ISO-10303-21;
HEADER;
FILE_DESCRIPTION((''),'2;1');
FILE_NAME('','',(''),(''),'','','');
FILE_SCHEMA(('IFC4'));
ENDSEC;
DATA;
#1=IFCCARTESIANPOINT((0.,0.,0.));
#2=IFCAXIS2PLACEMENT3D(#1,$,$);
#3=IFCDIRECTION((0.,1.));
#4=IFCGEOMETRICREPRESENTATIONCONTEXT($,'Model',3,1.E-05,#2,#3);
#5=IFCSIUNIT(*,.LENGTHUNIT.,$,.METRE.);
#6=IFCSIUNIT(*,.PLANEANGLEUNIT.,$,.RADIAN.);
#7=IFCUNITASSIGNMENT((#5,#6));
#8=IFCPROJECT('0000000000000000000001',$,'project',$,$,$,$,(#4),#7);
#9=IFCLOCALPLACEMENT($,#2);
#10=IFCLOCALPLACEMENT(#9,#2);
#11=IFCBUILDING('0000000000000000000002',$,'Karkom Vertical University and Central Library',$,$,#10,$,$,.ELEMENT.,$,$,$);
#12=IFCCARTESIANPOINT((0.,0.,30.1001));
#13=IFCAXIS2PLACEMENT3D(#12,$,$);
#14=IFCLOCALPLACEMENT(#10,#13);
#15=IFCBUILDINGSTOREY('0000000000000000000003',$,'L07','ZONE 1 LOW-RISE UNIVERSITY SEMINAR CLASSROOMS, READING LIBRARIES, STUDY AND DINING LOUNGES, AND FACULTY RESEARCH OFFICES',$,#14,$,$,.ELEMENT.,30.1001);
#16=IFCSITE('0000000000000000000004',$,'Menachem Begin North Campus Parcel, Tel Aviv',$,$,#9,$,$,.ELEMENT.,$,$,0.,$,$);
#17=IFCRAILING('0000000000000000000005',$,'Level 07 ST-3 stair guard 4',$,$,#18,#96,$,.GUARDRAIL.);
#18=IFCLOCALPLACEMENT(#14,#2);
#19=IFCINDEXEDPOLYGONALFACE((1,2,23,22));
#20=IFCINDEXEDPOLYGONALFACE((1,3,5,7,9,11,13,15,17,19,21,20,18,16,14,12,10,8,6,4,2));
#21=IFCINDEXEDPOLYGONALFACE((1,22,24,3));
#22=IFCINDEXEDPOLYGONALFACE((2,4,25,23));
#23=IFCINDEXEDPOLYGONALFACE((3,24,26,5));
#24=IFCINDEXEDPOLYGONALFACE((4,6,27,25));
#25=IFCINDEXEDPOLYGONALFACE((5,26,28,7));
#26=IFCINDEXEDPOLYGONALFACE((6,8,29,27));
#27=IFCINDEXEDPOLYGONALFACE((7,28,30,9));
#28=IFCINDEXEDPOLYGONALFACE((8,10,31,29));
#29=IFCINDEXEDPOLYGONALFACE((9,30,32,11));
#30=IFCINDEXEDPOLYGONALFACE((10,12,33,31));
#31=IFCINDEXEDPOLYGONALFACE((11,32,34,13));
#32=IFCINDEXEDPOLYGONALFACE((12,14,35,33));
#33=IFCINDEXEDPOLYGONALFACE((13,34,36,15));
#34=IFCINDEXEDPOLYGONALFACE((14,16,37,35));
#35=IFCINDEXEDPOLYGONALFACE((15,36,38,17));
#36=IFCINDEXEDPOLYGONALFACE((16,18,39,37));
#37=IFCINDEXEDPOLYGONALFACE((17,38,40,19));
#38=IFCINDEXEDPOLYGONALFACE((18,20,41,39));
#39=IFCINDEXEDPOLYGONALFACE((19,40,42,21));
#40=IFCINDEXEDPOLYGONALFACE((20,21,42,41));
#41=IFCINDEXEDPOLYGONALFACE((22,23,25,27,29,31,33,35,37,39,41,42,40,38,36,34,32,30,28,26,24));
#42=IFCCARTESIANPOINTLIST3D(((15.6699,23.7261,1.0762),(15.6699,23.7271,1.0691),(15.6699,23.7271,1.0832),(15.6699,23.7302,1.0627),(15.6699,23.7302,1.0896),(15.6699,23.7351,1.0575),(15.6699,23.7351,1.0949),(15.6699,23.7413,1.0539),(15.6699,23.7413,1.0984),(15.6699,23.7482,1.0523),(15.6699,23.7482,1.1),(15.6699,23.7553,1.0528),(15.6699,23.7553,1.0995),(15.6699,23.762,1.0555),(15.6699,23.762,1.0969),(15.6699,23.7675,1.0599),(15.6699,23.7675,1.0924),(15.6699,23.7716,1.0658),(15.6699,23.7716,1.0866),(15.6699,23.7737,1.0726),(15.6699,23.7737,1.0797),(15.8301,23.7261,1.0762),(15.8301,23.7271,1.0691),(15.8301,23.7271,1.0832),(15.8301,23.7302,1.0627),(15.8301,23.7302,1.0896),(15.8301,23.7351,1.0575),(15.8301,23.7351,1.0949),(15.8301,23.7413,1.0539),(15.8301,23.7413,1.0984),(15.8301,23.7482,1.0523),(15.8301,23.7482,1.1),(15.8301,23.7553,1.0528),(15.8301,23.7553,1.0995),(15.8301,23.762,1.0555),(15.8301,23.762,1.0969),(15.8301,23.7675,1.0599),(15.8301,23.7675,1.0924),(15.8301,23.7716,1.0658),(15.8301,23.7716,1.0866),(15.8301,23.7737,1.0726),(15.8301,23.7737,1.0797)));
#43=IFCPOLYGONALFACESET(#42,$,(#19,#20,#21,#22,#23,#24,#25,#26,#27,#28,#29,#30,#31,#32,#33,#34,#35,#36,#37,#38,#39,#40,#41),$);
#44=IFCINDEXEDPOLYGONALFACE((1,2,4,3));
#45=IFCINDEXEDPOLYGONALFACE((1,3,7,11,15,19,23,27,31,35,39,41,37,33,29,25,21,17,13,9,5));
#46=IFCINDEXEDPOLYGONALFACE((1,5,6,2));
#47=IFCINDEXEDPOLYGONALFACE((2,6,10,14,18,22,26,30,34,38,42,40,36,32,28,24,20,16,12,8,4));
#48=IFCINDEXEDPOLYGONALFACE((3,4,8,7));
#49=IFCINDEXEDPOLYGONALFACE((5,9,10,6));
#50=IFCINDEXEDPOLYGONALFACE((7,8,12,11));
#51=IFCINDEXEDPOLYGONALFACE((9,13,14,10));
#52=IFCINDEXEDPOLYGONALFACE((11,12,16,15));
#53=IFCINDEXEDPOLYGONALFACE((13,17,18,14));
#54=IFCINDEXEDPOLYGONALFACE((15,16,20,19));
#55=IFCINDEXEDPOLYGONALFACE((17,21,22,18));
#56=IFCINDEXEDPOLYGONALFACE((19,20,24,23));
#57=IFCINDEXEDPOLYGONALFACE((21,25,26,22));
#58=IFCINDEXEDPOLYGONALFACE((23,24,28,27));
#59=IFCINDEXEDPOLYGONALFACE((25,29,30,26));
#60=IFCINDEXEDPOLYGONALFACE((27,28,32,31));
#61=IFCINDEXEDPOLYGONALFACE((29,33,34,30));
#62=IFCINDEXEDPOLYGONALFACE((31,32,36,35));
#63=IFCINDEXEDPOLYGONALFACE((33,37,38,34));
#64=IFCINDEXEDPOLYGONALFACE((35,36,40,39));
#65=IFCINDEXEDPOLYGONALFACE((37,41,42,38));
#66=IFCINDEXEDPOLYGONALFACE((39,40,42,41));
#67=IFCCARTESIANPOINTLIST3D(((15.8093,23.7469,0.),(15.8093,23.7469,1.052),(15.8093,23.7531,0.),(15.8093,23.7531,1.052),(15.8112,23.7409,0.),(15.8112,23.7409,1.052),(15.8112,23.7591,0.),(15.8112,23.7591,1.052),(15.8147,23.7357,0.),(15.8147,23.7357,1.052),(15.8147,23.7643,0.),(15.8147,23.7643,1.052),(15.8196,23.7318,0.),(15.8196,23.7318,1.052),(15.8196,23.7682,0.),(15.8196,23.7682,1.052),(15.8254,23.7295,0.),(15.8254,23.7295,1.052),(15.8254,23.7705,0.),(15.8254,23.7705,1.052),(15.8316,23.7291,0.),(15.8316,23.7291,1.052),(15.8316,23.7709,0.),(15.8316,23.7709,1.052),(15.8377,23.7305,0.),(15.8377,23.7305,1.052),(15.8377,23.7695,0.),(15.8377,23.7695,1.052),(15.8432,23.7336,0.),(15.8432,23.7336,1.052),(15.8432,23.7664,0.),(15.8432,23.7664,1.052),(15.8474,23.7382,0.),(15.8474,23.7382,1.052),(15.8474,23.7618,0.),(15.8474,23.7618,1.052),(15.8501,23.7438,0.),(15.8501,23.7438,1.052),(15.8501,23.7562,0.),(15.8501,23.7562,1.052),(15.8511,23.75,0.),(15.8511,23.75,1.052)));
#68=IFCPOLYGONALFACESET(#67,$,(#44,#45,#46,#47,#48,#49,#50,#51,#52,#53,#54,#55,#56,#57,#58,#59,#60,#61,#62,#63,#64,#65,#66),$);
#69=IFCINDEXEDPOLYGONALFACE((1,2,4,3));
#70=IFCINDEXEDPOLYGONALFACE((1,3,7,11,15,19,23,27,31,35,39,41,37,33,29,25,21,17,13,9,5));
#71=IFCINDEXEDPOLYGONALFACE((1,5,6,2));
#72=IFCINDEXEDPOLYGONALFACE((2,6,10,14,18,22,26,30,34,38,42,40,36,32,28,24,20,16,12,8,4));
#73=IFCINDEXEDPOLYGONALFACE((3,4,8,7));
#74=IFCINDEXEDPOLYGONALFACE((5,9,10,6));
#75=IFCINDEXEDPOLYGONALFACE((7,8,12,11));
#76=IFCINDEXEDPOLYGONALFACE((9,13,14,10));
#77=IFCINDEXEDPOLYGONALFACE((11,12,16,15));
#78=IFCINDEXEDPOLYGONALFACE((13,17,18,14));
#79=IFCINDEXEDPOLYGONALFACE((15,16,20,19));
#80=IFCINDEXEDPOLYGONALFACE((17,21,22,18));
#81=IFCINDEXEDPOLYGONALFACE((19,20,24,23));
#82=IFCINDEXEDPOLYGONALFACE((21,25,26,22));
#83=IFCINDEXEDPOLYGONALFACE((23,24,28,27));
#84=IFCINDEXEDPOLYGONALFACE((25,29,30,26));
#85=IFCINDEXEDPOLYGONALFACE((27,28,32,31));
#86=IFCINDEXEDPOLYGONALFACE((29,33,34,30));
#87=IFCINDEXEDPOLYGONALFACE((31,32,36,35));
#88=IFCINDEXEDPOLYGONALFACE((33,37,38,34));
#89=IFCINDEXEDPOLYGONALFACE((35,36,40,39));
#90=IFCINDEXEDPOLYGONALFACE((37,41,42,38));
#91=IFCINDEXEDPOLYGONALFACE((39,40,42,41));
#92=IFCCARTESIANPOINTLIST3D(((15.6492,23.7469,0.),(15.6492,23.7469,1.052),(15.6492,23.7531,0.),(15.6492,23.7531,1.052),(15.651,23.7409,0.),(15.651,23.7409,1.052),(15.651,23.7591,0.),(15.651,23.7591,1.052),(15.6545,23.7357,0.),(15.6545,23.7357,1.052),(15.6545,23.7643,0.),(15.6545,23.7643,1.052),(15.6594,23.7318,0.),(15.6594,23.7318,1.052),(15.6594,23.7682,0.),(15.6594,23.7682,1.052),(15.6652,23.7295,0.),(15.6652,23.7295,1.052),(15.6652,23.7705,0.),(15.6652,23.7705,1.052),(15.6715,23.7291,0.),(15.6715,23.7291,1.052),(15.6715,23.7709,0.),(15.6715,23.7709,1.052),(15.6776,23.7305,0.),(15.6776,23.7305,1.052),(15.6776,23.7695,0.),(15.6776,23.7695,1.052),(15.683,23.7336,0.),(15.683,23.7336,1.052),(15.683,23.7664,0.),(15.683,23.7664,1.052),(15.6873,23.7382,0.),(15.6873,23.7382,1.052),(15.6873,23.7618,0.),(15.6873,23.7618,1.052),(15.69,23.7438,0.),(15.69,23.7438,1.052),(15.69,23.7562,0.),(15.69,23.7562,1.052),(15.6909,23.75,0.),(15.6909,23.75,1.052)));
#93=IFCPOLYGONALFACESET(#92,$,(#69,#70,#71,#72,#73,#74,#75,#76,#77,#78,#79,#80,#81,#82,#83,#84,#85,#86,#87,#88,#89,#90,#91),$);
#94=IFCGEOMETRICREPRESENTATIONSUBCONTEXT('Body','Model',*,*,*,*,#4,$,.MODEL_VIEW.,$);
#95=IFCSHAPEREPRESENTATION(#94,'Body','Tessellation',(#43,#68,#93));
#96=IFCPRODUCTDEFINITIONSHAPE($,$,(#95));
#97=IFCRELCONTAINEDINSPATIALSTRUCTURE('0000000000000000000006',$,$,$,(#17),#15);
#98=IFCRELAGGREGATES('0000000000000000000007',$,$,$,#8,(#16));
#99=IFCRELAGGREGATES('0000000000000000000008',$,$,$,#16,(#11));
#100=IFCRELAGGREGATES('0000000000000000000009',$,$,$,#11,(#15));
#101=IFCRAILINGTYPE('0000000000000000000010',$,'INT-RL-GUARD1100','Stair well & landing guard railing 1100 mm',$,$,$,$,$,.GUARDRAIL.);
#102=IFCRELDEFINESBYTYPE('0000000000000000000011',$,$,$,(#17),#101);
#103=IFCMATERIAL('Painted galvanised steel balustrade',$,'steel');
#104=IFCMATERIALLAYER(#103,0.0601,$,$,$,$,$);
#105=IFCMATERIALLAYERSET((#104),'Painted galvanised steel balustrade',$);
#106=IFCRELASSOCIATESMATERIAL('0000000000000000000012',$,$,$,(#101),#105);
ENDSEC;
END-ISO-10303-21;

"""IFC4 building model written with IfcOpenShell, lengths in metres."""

from ifc_helpers import new_model, si_unit, direction, frame, origin, origin_2d, place, context, subcontext, project, spatial, circle, extrude, material, layer, layer_set, type_object, element, save


model = new_model("IFC4")

# Units and contexts
model_context = context("Model", 3, precision=1e-05, world=origin(), true_north=direction((0.0, 1.0)))
body_context = subcontext(model_context, "Body", "Model", "MODEL_VIEW")
ifc_project = project(units=[si_unit("LENGTHUNIT", "METRE"), si_unit("PLANEANGLEUNIT", "RADIAN")], contexts=[model_context])

# Site, building, storey
site_placement = place(None, origin())
site = spatial("IfcSite", under=ifc_project, at=site_placement, Name="Menachem Begin North Campus Parcel, Tel Aviv", CompositionType="ELEMENT", RefElevation=0.0)
building_placement = place(site_placement, origin())
building = spatial("IfcBuilding", under=site, at=building_placement, Name="Karkom Vertical University and Central Library", CompositionType="ELEMENT")
storey_placement = place(building_placement, frame((0.0, 0.0, 30.1001)))
storey = spatial("IfcBuildingStorey", under=building, at=storey_placement, Name="L07", Description="ZONE 1 LOW-RISE UNIVERSITY SEMINAR CLASSROOMS, READING LIBRARIES, STUDY AND DINING LOUNGES, AND FACULTY RESEARCH OFFICES", CompositionType="ELEMENT", Elevation=30.1001)

# Railing
ifc_material_1 = material(Name="Painted galvanised steel balustrade", Category="steel")
ifc_layer_1 = layer(ifc_material_1, 0.0601)
ifc_layer_set_1 = layer_set([ifc_layer_1], Name="Painted galvanised steel balustrade")
railing_type_1 = type_object("IfcRailingType", Name="INT-RL-GUARD1100", Description="Stair well & landing guard railing 1100 mm", PredefinedType="GUARDRAIL", material=ifc_layer_set_1)
railing_1_placement = place(storey_placement, frame((15.8301, 23.75, 0.0)))
element("IfcRailing", 1, at=railing_1_placement, inside=storey, type_object=railing_type_1, Name="Level 07 ST-3 stair guard 4", PredefinedType="GUARDRAIL", context=body_context, shape_type="SweptSolid", body=[
    extrude(circle(Radius=0.0239, at=origin_2d()), frame((0.0, 0.0, 1.0762), z_axis=(-1.0, 0.0, 0.0), x_axis=(0.0, -1.0, 0.0)), (0.0, 0.0, 1.0), 0.1602),
    extrude(circle(Radius=0.021, at=origin_2d()), origin(), (0.0, 0.0, 1.0), 1.052),
    extrude(circle(Radius=0.021, at=origin_2d()), frame((-0.1602, 0.0, 0.0)), (0.0, 0.0, 1.0), 1.052),
])

save(model, "model.ifc")
